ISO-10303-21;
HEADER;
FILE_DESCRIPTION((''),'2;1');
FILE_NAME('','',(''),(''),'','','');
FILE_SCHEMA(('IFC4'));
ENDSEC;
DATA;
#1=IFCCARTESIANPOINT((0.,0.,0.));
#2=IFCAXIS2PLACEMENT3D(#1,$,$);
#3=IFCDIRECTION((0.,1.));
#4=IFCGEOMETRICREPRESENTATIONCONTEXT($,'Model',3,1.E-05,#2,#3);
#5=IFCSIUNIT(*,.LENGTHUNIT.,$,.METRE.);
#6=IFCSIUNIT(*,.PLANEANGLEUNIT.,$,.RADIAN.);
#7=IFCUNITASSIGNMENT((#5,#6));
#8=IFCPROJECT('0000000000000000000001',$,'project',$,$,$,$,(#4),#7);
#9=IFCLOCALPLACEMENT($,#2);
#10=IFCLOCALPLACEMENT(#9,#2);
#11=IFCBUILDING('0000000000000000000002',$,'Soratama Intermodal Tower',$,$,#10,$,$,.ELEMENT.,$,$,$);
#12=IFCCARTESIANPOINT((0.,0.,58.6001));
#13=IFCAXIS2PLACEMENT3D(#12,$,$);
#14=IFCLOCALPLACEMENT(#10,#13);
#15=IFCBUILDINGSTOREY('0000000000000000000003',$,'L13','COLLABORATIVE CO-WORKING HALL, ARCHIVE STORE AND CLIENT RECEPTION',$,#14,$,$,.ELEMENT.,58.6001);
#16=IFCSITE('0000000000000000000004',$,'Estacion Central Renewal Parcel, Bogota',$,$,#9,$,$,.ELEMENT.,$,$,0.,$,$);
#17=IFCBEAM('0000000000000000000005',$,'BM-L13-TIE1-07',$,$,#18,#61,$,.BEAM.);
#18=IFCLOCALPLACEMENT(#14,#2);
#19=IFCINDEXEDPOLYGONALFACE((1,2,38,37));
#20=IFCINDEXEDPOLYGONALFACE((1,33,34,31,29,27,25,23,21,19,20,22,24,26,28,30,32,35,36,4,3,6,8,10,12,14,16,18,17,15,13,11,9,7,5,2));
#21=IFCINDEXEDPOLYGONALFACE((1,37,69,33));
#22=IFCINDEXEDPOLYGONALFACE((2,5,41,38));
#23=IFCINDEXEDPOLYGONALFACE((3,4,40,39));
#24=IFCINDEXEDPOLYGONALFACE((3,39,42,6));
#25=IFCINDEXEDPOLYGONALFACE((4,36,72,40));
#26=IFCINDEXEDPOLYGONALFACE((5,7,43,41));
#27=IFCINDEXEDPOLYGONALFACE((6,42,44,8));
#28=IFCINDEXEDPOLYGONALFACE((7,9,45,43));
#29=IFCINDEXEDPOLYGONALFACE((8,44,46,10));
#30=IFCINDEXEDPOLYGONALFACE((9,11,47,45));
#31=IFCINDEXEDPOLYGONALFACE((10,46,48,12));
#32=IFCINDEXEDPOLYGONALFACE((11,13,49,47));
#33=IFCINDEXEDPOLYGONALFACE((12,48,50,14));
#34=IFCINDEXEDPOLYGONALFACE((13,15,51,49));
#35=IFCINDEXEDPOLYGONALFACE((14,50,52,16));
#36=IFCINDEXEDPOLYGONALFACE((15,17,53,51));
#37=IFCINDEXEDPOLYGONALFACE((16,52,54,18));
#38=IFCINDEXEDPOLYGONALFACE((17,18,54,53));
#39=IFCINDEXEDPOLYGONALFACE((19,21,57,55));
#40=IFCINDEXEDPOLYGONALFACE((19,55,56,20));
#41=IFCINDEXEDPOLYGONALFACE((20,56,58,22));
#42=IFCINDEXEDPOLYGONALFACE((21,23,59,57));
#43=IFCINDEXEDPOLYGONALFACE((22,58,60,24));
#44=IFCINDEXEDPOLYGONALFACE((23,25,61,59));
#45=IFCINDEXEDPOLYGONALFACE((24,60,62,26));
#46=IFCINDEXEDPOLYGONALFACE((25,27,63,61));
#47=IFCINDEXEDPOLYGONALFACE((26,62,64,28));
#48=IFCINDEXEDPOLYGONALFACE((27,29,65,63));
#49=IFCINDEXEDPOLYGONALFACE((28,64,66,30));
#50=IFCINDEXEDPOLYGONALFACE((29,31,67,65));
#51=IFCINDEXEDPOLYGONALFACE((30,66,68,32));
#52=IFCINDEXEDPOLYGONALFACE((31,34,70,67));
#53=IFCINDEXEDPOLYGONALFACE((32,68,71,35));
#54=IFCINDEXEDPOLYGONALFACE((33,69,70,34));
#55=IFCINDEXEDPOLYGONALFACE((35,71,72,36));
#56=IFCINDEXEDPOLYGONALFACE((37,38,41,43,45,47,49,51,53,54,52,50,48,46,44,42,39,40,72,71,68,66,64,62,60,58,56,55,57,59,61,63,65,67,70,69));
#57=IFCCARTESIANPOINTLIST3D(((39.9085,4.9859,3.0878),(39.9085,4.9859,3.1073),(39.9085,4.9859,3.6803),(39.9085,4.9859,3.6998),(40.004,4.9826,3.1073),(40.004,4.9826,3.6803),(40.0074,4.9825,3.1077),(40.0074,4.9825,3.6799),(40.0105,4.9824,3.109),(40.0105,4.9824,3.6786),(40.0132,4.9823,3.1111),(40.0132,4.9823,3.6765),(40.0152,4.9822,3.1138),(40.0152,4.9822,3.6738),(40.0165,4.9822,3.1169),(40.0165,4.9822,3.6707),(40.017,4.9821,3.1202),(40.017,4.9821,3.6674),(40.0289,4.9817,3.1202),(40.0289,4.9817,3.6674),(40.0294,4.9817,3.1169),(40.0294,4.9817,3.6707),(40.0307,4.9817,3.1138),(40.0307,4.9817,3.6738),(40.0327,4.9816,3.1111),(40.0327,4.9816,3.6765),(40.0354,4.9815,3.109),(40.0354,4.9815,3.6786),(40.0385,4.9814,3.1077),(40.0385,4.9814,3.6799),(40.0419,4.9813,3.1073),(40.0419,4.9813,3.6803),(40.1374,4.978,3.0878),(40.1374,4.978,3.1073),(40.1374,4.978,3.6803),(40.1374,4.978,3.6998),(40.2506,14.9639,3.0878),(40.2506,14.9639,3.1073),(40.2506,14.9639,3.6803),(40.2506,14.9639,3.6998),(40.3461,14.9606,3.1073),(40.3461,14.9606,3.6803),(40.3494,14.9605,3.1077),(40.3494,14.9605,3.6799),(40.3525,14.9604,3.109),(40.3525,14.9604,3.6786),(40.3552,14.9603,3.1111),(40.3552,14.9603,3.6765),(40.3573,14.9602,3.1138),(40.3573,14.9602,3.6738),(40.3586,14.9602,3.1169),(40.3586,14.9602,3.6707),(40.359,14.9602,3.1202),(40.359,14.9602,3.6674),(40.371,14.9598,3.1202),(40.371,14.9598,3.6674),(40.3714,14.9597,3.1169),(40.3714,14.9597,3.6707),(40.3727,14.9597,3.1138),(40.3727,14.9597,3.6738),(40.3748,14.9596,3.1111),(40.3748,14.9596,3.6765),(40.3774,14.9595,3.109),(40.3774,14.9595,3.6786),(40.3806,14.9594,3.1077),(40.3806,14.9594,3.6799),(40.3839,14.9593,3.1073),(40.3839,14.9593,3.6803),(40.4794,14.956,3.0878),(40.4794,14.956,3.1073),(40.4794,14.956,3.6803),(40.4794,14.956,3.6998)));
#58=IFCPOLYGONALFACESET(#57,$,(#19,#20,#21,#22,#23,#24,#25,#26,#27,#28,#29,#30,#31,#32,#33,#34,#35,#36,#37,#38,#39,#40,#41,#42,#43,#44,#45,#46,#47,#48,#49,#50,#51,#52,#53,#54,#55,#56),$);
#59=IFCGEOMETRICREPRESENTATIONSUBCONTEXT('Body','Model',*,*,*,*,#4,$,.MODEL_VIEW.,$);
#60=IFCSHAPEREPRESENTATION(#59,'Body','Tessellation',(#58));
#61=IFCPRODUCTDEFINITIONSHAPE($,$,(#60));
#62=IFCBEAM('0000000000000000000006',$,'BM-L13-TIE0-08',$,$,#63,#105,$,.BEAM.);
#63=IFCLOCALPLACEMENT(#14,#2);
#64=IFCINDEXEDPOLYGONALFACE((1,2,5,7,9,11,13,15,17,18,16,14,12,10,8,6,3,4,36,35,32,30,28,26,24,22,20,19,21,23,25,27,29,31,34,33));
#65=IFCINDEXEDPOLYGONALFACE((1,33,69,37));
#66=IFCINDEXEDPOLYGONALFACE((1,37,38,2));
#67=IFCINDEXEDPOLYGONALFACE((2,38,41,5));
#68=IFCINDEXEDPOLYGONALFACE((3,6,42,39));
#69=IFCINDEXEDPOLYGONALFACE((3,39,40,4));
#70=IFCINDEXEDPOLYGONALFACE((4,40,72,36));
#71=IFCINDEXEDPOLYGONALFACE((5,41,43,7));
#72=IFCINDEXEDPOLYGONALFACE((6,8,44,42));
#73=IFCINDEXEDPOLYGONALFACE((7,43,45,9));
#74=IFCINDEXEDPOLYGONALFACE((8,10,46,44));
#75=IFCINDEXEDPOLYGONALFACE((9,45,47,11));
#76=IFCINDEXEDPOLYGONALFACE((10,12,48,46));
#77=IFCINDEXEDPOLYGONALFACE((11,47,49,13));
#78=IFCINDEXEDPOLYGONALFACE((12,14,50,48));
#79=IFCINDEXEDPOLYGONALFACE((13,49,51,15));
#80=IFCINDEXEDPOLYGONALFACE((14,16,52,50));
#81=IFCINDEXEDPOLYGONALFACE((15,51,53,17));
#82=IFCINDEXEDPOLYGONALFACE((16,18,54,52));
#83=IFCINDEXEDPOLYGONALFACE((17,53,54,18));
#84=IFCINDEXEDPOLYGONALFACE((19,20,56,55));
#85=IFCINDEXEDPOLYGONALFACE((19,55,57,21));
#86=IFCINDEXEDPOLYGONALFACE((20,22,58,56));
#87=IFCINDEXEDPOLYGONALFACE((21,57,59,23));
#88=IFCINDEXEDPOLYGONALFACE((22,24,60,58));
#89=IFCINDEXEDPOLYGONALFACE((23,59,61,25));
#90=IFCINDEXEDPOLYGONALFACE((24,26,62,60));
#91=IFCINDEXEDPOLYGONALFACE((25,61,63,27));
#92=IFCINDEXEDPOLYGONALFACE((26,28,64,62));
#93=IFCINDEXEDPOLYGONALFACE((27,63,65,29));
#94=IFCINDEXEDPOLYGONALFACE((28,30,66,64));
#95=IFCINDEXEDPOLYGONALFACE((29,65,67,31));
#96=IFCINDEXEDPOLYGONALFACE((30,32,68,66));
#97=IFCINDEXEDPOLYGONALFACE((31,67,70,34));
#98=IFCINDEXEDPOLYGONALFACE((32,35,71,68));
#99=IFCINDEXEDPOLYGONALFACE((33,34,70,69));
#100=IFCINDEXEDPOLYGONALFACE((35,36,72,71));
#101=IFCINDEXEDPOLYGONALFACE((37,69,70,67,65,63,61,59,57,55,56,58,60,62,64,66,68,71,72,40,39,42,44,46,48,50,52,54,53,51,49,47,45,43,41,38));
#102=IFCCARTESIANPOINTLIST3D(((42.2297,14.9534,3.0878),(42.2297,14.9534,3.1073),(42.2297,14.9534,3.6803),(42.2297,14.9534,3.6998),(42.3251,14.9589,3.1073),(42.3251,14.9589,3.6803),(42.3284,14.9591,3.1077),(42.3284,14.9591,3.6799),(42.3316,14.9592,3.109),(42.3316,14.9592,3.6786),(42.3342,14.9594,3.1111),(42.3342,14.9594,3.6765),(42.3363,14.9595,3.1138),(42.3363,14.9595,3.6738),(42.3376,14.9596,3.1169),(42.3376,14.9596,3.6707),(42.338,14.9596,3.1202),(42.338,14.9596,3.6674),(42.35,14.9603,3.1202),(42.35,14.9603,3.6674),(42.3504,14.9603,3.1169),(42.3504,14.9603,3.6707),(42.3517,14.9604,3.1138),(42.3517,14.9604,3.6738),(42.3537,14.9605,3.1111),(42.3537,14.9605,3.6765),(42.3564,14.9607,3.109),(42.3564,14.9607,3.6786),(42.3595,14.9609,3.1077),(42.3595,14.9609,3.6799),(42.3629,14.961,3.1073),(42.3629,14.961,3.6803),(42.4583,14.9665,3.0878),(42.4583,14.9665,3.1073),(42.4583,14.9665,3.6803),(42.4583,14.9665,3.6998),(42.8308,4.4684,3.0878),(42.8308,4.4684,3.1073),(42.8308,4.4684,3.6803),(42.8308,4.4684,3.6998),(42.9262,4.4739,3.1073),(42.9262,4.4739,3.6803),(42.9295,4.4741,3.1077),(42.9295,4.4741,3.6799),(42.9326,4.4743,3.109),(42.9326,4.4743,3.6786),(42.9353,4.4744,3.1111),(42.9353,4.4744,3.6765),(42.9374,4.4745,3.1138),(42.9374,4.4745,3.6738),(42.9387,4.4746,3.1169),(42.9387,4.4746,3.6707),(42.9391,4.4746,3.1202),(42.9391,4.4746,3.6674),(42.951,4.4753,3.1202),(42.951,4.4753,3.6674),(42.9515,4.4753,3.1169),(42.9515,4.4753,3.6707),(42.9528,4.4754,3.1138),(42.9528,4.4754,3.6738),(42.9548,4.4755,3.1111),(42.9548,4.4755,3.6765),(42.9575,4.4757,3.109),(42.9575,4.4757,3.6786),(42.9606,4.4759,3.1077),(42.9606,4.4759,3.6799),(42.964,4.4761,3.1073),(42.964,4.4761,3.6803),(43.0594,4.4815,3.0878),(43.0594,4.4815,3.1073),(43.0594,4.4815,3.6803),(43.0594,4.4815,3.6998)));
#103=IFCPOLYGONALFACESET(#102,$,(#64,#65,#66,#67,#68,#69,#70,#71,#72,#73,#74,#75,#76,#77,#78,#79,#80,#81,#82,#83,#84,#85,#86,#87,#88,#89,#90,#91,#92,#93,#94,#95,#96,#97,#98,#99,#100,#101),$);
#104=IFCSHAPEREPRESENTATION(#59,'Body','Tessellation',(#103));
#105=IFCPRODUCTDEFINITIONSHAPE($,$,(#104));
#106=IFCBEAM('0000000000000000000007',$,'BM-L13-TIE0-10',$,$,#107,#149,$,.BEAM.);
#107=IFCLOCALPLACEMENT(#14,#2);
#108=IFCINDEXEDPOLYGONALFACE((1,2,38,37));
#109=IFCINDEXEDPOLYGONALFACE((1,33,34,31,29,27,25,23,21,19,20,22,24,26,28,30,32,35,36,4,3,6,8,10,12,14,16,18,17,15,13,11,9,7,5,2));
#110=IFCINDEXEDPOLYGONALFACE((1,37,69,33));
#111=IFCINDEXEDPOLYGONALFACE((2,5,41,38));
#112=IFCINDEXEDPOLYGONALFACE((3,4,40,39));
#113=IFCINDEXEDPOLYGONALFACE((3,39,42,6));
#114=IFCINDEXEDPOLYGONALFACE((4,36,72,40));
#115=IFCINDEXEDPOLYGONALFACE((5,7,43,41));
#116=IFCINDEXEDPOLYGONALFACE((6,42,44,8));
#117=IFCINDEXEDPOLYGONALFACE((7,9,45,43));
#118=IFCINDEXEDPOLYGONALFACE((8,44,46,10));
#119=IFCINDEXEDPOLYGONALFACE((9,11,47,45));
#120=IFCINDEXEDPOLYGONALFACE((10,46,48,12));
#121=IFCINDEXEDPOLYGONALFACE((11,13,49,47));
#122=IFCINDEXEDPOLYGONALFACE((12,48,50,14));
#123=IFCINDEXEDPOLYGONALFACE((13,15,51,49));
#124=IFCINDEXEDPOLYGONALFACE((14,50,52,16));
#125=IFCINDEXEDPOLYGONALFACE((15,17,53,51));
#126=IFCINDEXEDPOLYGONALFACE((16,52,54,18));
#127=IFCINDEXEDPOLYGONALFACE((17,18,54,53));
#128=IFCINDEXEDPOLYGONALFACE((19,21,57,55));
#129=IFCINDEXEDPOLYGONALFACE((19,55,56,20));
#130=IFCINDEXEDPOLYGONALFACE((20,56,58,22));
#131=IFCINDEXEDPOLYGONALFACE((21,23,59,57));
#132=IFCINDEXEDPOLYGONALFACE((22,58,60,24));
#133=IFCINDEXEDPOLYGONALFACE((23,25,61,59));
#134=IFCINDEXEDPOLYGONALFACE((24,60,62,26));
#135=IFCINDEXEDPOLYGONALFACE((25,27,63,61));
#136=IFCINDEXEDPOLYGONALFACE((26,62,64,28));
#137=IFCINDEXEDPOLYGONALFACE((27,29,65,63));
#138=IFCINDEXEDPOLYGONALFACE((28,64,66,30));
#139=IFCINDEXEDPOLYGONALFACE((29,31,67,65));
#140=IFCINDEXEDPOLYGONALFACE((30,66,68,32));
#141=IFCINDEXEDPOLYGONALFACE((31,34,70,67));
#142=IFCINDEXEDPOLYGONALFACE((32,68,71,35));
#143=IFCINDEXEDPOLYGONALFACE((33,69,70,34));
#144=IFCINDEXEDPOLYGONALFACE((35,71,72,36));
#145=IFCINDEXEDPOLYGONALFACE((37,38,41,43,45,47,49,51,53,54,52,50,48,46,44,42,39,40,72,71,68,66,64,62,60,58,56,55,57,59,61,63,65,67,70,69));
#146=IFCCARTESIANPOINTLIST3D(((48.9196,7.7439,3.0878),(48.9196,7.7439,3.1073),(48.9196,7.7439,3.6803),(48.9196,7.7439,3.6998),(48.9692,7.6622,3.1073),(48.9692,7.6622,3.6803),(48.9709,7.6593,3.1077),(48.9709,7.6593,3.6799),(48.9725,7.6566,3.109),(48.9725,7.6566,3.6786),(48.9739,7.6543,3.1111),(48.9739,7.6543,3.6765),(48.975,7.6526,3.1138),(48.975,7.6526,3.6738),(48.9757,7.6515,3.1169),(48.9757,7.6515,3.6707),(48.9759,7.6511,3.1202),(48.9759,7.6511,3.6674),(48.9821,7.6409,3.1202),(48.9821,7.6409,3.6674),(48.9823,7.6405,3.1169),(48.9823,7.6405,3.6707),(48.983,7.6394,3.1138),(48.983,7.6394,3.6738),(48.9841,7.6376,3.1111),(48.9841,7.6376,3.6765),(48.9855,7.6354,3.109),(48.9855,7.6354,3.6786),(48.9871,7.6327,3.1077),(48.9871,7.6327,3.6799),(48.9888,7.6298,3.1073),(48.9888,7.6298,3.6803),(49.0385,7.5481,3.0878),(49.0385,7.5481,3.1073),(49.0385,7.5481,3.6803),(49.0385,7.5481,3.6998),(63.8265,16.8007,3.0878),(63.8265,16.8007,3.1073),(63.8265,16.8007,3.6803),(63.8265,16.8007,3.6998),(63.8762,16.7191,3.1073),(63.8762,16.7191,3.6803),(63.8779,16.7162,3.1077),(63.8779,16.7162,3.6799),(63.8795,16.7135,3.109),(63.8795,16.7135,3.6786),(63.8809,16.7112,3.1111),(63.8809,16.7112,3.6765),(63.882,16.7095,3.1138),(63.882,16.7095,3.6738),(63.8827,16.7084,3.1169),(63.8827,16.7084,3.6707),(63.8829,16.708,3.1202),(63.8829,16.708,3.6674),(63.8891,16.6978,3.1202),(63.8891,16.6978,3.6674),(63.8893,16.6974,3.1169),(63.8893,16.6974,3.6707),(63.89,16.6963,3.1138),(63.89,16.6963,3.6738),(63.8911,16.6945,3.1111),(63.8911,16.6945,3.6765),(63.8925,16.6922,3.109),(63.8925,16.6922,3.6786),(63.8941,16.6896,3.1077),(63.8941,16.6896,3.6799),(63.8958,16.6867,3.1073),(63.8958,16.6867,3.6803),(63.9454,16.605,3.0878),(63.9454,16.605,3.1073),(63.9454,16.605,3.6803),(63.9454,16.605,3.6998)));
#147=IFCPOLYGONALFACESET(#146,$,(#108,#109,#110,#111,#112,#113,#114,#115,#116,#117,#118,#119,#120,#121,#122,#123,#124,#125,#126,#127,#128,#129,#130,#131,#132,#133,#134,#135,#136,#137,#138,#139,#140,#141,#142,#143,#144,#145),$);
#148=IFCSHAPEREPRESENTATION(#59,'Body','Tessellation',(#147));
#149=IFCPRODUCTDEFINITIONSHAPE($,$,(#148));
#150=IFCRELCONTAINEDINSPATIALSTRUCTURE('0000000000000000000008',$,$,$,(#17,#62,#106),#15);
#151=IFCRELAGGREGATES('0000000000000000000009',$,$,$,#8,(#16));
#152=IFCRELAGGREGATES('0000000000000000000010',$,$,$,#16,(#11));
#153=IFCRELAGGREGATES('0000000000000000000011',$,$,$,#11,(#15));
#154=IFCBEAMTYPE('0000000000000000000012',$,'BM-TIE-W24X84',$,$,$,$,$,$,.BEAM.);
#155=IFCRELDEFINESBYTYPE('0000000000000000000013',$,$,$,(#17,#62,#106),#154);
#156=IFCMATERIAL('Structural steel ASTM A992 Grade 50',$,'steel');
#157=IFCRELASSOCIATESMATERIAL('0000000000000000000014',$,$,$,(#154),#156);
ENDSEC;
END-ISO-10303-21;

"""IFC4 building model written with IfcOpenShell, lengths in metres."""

from ifc_helpers import new_model, si_unit, direction, frame, origin, origin_2d, place, context, subcontext, project, spatial, i_section, extrude, material, material_profile, profile_set, type_object, element, save


model = new_model("IFC4")

# Units and contexts
model_context = context("Model", 3, precision=1e-05, world=origin(), true_north=direction((0.0, 1.0)))
body_context = subcontext(model_context, "Body", "Model", "MODEL_VIEW")
ifc_project = project(units=[si_unit("LENGTHUNIT", "METRE"), si_unit("PLANEANGLEUNIT", "RADIAN")], contexts=[model_context])

# Site, building, storey
site_placement = place(None, origin())
site = spatial("IfcSite", under=ifc_project, at=site_placement, Name="Estacion Central Renewal Parcel, Bogota", CompositionType="ELEMENT", RefElevation=0.0)
building_placement = place(site_placement, origin())
building = spatial("IfcBuilding", under=site, at=building_placement, Name="Soratama Intermodal Tower", CompositionType="ELEMENT")
storey_placement = place(building_placement, frame((0.0, 0.0, 58.6001)))
storey = spatial("IfcBuildingStorey", under=building, at=storey_placement, Name="L13", Description="COLLABORATIVE CO-WORKING HALL, ARCHIVE STORE AND CLIENT RECEPTION", CompositionType="ELEMENT", Elevation=58.6001)

# Beams
ifc_material_1 = material(Name="Structural steel ASTM A992 Grade 50", Category="steel")
ifc_material_profile_1 = material_profile(ifc_material_1, i_section(OverallWidth=0.229, OverallDepth=0.6121, WebThickness=0.012, FlangeThickness=0.0195, FilletRadius=0.0129, at=origin_2d()), Name="W24X84")
ifc_profile_set_1 = profile_set([ifc_material_profile_1], Name="Structural steel ASTM A992 Grade 50")
beam_type_1 = type_object("IfcBeamType", Name="BM-TIE-W24X84", PredefinedType="BEAM", material=ifc_profile_set_1)
beam_1_placement = place(storey_placement, frame((40.365, 14.96, 3.3938), z_axis=(-0.034259, -0.999413, 0.0), x_axis=(0.999413, -0.034259, 0.0)))
element("IfcBeam", 1, at=beam_1_placement, inside=storey, type_object=beam_type_1, Name="BM-L13-TIE1-07", PredefinedType="BEAM", context=body_context, shape_type="SweptSolid", body=[
    extrude(i_section(OverallWidth=0.229, OverallDepth=0.6121, WebThickness=0.012, FlangeThickness=0.0195, FilletRadius=0.0129, at=origin_2d()), origin(), (0.0, 0.0, 1.0), 9.9839),
])
beam_2_placement = place(storey_placement, frame((42.344, 14.96, 3.3938), z_axis=(0.057234, -0.998361, 0.0), x_axis=(0.998361, 0.057234, 0.0)))
element("IfcBeam", 2, at=beam_2_placement, inside=storey, type_object=beam_type_1, Name="BM-L13-TIE0-08", PredefinedType="BEAM", context=body_context, shape_type="SweptSolid", body=[
    extrude(i_section(OverallWidth=0.229, OverallDepth=0.6121, WebThickness=0.012, FlangeThickness=0.0195, FilletRadius=0.0129, at=origin_2d()), origin(), (0.0, 0.0, 1.0), 10.5022),
])
beam_3_placement = place(storey_placement, frame((48.979, 7.646, 3.3938), z_axis=(0.854629, 0.519239, 0.0), x_axis=(-0.519239, 0.854629, 0.0)))
element("IfcBeam", 3, at=beam_3_placement, inside=storey, type_object=beam_type_1, Name="BM-L13-TIE0-10", PredefinedType="BEAM", context=body_context, shape_type="SweptSolid", body=[
    extrude(i_section(OverallWidth=0.229, OverallDepth=0.6121, WebThickness=0.012, FlangeThickness=0.0195, FilletRadius=0.0129, at=origin_2d()), origin(), (0.0, 0.0, 1.0), 17.4426),
])

save(model, "model.ifc")
